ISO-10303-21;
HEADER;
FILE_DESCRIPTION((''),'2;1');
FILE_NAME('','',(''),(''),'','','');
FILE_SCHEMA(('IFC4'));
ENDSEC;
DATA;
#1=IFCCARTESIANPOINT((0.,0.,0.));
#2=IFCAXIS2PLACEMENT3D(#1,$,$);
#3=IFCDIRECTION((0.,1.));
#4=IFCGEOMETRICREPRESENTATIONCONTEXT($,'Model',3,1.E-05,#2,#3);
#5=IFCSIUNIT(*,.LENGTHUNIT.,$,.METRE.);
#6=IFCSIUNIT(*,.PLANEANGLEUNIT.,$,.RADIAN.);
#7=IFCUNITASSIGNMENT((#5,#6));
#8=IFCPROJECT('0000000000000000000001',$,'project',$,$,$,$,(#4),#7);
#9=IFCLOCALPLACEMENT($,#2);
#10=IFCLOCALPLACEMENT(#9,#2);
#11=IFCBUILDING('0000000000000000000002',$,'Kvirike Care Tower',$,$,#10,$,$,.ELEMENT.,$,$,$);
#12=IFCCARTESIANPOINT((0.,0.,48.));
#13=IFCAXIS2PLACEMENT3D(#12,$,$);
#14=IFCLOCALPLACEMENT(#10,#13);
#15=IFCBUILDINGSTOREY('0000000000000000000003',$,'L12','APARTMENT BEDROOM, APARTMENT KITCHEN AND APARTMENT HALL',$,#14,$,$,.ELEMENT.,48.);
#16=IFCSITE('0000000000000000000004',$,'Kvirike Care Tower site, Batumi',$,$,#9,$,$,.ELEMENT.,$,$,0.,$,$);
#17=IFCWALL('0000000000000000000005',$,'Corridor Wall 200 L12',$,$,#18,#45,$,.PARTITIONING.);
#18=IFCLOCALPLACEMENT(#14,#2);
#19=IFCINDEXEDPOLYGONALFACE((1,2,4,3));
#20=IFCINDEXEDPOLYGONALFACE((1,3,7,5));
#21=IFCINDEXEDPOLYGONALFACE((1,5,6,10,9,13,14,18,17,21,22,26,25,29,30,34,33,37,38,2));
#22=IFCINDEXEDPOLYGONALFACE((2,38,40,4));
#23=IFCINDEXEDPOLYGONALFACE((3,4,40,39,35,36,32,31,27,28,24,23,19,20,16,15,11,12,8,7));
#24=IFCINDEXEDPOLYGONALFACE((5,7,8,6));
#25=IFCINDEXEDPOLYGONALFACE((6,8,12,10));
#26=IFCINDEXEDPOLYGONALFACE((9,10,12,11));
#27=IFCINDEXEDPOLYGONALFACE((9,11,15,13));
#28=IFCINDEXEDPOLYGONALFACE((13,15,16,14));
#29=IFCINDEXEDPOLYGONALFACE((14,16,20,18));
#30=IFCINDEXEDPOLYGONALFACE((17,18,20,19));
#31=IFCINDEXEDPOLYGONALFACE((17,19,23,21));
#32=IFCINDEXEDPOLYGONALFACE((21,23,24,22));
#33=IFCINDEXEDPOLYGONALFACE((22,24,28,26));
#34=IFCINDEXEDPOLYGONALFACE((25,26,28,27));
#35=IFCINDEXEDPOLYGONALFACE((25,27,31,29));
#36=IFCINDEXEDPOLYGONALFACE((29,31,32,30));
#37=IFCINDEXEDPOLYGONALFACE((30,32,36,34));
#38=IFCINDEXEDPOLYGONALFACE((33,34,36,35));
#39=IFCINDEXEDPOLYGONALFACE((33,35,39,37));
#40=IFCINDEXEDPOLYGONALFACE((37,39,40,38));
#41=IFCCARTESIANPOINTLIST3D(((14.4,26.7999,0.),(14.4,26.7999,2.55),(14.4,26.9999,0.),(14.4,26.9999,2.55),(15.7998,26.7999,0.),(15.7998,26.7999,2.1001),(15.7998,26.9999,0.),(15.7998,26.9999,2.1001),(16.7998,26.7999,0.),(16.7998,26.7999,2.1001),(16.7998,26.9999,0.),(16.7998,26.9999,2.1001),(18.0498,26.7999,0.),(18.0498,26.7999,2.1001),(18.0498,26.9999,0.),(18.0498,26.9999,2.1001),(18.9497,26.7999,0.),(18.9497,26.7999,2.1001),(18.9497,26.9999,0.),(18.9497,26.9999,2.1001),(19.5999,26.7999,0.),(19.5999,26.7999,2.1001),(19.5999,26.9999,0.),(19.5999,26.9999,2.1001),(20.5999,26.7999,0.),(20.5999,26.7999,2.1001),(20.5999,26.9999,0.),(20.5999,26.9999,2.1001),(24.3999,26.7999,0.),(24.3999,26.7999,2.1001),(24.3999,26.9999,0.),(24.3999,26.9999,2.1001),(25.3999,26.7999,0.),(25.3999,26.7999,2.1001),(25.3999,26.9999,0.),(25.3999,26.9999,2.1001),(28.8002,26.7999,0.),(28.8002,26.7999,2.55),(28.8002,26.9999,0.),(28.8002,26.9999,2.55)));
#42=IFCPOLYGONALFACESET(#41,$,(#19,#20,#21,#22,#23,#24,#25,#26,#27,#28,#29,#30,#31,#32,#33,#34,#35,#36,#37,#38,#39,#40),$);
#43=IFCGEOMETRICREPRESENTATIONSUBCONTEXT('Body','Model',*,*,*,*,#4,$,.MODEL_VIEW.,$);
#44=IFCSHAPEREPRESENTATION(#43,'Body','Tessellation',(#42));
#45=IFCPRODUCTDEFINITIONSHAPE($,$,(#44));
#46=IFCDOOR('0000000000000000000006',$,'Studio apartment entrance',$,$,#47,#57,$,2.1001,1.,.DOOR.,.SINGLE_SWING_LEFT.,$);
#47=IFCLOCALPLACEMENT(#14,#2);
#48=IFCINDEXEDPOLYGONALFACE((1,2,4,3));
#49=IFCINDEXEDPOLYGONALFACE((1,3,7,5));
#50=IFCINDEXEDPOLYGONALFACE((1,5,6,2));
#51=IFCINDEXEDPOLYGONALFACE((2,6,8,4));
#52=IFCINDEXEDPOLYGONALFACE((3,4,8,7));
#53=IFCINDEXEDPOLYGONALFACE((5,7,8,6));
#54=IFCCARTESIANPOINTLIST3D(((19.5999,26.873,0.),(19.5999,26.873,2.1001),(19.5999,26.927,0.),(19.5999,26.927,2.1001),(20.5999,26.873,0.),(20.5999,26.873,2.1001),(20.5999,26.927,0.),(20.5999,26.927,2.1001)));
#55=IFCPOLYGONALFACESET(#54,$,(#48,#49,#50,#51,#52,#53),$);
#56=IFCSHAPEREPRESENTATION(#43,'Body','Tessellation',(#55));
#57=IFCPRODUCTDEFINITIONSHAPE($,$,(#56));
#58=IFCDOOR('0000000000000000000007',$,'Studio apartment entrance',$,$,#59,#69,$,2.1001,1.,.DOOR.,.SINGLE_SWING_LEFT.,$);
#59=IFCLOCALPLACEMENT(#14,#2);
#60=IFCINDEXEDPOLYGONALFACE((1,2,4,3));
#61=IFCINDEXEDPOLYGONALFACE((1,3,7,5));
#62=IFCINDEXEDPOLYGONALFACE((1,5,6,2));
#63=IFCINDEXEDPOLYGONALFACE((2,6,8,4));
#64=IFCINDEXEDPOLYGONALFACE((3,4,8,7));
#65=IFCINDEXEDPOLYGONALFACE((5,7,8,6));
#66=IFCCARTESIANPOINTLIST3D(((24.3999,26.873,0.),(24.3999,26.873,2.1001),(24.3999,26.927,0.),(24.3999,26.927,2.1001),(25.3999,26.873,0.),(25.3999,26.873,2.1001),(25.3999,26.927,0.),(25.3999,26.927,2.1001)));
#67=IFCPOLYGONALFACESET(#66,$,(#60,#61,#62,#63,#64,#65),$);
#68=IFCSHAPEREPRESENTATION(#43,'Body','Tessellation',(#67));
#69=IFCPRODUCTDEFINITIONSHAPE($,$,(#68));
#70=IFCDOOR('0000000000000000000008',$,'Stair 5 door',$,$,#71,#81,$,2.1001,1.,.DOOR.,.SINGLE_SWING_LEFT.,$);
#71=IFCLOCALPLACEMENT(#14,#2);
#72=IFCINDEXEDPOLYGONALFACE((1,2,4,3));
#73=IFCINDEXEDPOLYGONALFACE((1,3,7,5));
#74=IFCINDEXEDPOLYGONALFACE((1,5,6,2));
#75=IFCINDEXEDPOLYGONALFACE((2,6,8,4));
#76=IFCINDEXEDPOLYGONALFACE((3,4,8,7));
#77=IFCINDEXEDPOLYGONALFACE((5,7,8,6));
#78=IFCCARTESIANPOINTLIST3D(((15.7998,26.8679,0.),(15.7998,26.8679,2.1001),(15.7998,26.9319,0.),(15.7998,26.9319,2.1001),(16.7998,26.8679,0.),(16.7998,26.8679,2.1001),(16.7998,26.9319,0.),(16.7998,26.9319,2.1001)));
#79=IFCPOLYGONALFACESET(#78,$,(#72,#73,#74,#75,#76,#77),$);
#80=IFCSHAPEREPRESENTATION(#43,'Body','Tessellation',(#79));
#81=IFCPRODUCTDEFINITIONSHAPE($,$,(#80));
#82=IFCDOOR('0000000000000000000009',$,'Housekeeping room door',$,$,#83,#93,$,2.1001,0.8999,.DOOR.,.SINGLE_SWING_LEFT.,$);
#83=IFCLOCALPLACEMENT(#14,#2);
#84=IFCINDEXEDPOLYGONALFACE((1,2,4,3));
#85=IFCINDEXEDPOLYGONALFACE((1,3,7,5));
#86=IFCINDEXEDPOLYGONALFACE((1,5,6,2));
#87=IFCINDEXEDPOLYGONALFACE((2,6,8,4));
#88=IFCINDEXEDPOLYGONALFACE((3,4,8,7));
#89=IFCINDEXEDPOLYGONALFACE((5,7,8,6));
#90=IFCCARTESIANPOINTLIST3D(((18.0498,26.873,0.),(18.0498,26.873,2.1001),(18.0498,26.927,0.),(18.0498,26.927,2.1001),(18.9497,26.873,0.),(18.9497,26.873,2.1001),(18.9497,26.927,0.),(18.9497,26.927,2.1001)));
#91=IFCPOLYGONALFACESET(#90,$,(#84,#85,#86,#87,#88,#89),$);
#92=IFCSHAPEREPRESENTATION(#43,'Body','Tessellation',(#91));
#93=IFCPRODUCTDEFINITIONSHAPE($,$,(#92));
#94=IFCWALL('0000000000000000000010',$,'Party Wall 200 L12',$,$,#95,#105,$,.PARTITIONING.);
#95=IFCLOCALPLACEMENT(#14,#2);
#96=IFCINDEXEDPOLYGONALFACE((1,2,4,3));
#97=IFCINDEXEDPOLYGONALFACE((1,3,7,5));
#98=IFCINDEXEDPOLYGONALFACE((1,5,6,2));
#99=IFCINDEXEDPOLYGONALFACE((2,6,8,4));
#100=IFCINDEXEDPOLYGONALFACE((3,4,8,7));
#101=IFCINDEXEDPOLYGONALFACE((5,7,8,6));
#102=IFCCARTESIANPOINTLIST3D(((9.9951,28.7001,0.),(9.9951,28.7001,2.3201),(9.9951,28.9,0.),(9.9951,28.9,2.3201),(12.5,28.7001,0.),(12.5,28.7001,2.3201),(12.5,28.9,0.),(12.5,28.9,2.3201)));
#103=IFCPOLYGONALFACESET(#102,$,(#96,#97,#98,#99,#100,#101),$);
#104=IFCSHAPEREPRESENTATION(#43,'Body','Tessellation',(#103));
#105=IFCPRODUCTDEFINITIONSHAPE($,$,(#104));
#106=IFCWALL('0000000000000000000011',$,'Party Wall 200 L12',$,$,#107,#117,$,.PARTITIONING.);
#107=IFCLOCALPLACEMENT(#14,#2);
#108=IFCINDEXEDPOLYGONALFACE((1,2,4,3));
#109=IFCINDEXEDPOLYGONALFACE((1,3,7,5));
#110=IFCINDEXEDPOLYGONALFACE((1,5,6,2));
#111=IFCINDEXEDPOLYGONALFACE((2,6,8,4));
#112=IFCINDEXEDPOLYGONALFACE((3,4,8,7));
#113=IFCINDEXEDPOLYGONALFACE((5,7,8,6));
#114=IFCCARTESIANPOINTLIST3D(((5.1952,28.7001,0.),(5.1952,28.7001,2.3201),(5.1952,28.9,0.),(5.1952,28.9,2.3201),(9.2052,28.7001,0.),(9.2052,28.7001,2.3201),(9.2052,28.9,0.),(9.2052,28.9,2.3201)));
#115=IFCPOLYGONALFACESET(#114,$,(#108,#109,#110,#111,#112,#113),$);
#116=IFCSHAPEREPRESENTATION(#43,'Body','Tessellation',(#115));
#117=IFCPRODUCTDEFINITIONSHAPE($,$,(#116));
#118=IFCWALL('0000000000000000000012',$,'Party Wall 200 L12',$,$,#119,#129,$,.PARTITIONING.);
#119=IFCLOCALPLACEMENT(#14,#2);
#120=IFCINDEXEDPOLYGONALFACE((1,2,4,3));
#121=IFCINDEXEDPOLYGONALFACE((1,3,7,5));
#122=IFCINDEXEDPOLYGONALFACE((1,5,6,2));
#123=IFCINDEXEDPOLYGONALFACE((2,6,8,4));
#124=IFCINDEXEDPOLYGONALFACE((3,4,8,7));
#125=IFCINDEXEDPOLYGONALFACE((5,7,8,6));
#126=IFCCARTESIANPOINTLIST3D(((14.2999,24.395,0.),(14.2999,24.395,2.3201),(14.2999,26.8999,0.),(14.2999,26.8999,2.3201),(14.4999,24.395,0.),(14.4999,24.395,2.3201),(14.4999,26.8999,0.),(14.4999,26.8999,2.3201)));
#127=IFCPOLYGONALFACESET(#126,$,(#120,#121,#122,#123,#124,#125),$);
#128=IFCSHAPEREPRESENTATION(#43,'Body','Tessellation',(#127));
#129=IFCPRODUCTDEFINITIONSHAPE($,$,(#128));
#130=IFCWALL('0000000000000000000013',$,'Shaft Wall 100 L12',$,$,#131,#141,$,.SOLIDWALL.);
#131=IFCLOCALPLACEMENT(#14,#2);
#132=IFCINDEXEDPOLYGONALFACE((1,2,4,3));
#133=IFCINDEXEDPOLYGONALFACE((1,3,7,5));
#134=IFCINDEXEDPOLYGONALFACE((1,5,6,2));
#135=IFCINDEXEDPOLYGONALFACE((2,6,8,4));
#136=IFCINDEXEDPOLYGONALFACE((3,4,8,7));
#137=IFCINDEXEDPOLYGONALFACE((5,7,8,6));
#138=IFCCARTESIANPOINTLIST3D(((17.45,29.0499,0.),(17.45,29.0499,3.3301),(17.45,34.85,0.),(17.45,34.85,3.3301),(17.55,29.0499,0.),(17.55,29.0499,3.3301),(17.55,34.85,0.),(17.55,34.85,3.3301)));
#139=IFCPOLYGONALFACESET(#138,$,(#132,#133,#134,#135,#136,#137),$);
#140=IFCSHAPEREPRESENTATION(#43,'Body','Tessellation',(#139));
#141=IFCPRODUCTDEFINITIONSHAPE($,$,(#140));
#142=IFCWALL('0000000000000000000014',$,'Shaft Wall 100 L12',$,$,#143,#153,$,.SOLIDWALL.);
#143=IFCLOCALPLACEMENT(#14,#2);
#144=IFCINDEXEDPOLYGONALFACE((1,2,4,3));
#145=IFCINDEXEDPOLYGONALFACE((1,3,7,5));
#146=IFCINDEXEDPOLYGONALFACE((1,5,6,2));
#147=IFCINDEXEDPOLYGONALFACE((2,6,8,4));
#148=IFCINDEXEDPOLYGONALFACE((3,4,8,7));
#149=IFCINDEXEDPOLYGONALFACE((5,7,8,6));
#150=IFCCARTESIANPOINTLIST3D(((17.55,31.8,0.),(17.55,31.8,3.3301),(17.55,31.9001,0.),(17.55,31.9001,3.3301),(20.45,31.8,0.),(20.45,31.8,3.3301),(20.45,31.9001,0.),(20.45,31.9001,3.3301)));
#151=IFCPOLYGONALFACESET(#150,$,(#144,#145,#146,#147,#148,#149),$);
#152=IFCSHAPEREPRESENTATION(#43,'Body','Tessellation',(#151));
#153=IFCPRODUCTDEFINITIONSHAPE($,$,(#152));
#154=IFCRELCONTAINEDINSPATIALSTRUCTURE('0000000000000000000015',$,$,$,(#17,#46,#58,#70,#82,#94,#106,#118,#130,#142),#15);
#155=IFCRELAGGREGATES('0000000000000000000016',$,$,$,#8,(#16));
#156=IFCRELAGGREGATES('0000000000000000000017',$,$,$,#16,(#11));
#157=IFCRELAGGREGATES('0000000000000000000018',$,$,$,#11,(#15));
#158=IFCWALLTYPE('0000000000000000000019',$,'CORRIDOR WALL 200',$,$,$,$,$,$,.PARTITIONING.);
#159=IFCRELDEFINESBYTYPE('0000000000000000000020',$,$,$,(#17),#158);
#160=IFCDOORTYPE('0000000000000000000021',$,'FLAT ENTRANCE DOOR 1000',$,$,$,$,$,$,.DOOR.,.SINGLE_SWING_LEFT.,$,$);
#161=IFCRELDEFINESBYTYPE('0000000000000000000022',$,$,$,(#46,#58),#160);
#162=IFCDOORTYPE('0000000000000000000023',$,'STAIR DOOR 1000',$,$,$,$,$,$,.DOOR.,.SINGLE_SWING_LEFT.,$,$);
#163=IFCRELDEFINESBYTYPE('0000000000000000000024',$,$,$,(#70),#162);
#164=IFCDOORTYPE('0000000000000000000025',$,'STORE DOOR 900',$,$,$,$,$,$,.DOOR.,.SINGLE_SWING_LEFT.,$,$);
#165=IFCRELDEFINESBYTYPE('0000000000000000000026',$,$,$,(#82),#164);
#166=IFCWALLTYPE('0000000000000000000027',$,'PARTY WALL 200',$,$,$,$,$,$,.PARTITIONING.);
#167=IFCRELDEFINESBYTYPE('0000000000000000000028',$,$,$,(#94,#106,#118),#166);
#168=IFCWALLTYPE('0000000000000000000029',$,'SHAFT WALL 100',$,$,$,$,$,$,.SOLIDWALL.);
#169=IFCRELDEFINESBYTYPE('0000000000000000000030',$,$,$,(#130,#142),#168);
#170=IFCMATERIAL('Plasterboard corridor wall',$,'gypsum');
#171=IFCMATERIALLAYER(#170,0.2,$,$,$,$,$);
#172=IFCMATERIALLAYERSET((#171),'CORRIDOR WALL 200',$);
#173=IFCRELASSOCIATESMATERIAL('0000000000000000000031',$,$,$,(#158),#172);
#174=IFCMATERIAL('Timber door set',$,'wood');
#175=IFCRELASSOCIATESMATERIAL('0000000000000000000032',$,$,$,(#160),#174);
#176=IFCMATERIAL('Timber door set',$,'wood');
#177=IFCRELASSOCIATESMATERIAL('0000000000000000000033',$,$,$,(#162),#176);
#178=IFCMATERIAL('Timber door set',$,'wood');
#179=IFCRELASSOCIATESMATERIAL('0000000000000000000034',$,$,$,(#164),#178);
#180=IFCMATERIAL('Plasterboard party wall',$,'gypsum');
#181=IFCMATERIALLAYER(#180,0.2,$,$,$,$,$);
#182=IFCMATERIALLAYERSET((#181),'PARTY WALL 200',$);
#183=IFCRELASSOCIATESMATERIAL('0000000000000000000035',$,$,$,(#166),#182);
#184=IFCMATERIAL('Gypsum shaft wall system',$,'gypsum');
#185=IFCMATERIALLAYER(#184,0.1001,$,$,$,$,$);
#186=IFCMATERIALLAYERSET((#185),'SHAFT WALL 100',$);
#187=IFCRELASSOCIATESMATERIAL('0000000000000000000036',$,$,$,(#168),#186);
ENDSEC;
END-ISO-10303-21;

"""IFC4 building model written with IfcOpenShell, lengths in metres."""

from ifc_helpers import new_model, si_unit, direction, frame, frame_2d, origin, place, context, subcontext, project, spatial, rectangle, extrude, material, layer, layer_set, type_object, element, fill, save


model = new_model("IFC4")

# Units and contexts
model_context = context("Model", 3, precision=1e-05, world=origin(), true_north=direction((0.0, 1.0)))
body_context = subcontext(model_context, "Body", "Model", "MODEL_VIEW")
ifc_project = project(units=[si_unit("LENGTHUNIT", "METRE"), si_unit("PLANEANGLEUNIT", "RADIAN")], contexts=[model_context])

# Site, building, storey
site_placement = place(None, origin())
site = spatial("IfcSite", under=ifc_project, at=site_placement, Name="Kvirike Care Tower site, Batumi", CompositionType="ELEMENT", RefElevation=0.0)
building_placement = place(site_placement, origin())
building = spatial("IfcBuilding", under=site, at=building_placement, Name="Kvirike Care Tower", CompositionType="ELEMENT")
storey_placement = place(building_placement, frame((0.0, 0.0, 48.0)))
storey = spatial("IfcBuildingStorey", under=building, at=storey_placement, Name="L12", Description="APARTMENT BEDROOM, APARTMENT KITCHEN AND APARTMENT HALL", CompositionType="ELEMENT", Elevation=48.0)

# Wall, openings, doors
ifc_material_1 = material(Name="Plasterboard corridor wall", Category="gypsum")
ifc_layer_1 = layer(ifc_material_1, 0.2)
ifc_layer_set_1 = layer_set([ifc_layer_1], Name="CORRIDOR WALL 200")
wall_type_1 = type_object("IfcWallType", Name="CORRIDOR WALL 200", PredefinedType="PARTITIONING", material=ifc_layer_set_1)
wall_1_placement = place(storey_placement, frame((14.3999, 26.8999, 0.0), z_axis=(0.0, 0.0, 1.0), x_axis=(1.0, 0.0, 0.0)))
wall_1 = element("IfcWall", 1, at=wall_1_placement, inside=storey, type_object=wall_type_1, Name="Corridor Wall 200 L12", PredefinedType="PARTITIONING", context=body_context, shape_type="SweptSolid", body=[
    extrude(rectangle(XDim=14.4001, YDim=0.2, at=frame_2d((7.2002, 0.0))), origin(), (0.0, 0.0, 1.0), 2.55),
])
opening_1_placement = place(wall_1_placement, frame((1.3999, 0.0, 0.0)))
opening_1 = element("IfcOpeningElement", 2, at=opening_1_placement, cuts=wall_1, PredefinedType="OPENING", context=body_context, shape_type="SweptSolid", body=[
    extrude(rectangle(XDim=1.0, YDim=2.1001, at=frame_2d((0.5, 1.05))), frame((0.0, 0.1106, 0.0), z_axis=(0.0, -1.0, 0.0), x_axis=(1.0, 0.0, 0.0)), (0.0, 0.0, 1.0), 0.2209),
])
opening_2_placement = place(wall_1_placement, frame((3.6499, 0.0, 0.0)))
opening_2 = element("IfcOpeningElement", 3, at=opening_2_placement, cuts=wall_1, PredefinedType="OPENING", context=body_context, shape_type="SweptSolid", body=[
    extrude(rectangle(XDim=0.8999, YDim=2.1001, at=frame_2d((0.45, 1.05))), frame((0.0, 0.1106, 0.0), z_axis=(0.0, -1.0, 0.0), x_axis=(1.0, 0.0, 0.0)), (0.0, 0.0, 1.0), 0.2209),
])
opening_3_placement = place(wall_1_placement, frame((5.2, 0.0, 0.0)))
opening_3 = element("IfcOpeningElement", 4, at=opening_3_placement, cuts=wall_1, PredefinedType="OPENING", context=body_context, shape_type="SweptSolid", body=[
    extrude(rectangle(XDim=1.0, YDim=2.1001, at=frame_2d((0.5, 1.05))), frame((0.0, 0.1106, 0.0), z_axis=(0.0, -1.0, 0.0), x_axis=(1.0, 0.0, 0.0)), (0.0, 0.0, 1.0), 0.2209),
])
opening_4_placement = place(wall_1_placement, frame((10.0, 0.0, 0.0)))
opening_4 = element("IfcOpeningElement", 5, at=opening_4_placement, cuts=wall_1, PredefinedType="OPENING", context=body_context, shape_type="SweptSolid", body=[
    extrude(rectangle(XDim=1.0, YDim=2.1001, at=frame_2d((0.5, 1.05))), frame((0.0, 0.1106, 0.0), z_axis=(0.0, -1.0, 0.0), x_axis=(1.0, 0.0, 0.0)), (0.0, 0.0, 1.0), 0.2209),
])
ifc_material_2 = material(Name="Timber door set", Category="wood")
door_type_1 = type_object("IfcDoorType", Name="FLAT ENTRANCE DOOR 1000", OperationType="SINGLE_SWING_LEFT", PredefinedType="DOOR", material=ifc_material_2)
door_1_placement = place(opening_3_placement, frame((1.0, 0.0, 0.0), z_axis=(0.0, 0.0, 1.0), x_axis=(-1.0, 0.0, 0.0)))
door_1 = element("IfcDoor", 6, at=door_1_placement, inside=storey, type_object=door_type_1, Name="Studio apartment entrance", OperationType="SINGLE_SWING_LEFT", OverallHeight=2.1001, OverallWidth=1.0, PredefinedType="DOOR", context=body_context, shape_type="SweptSolid", body=[
    extrude(rectangle(XDim=1.0, YDim=2.1001, at=frame_2d((0.5, 1.05))), frame((0.0, 0.0269, 0.0), z_axis=(0.0, -1.0, 0.0), x_axis=(1.0, 0.0, 0.0)), (0.0, 0.0, 1.0), 0.054),
])
fill(opening_3, door_1)
door_2_placement = place(opening_4_placement, frame((1.0, 0.0, 0.0), z_axis=(0.0, 0.0, 1.0), x_axis=(-1.0, 0.0, 0.0)))
door_2 = element("IfcDoor", 7, at=door_2_placement, inside=storey, type_object=door_type_1, Name="Studio apartment entrance", OperationType="SINGLE_SWING_LEFT", OverallHeight=2.1001, OverallWidth=1.0, PredefinedType="DOOR", context=body_context, shape_type="SweptSolid", body=[
    extrude(rectangle(XDim=1.0, YDim=2.1001, at=frame_2d((0.5, 1.05))), frame((0.0, 0.0269, 0.0), z_axis=(0.0, -1.0, 0.0), x_axis=(1.0, 0.0, 0.0)), (0.0, 0.0, 1.0), 0.054),
])
fill(opening_4, door_2)
ifc_material_3 = material(Name="Timber door set", Category="wood")
door_type_2 = type_object("IfcDoorType", Name="STAIR DOOR 1000", OperationType="SINGLE_SWING_LEFT", PredefinedType="DOOR", material=ifc_material_3)
door_3_placement = place(opening_1_placement, frame((1.0, 0.0, 0.0), z_axis=(0.0, 0.0, 1.0), x_axis=(-1.0, 0.0, 0.0)))
door_3 = element("IfcDoor", 8, at=door_3_placement, inside=storey, type_object=door_type_2, Name="Stair 5 door", OperationType="SINGLE_SWING_LEFT", OverallHeight=2.1001, OverallWidth=1.0, PredefinedType="DOOR", context=body_context, shape_type="SweptSolid", body=[
    extrude(rectangle(XDim=1.0, YDim=2.1001, at=frame_2d((0.5, 1.05))), frame((0.0, 0.032, 0.0), z_axis=(0.0, -1.0, 0.0), x_axis=(1.0, 0.0, 0.0)), (0.0, 0.0, 1.0), 0.064),
])
fill(opening_1, door_3)
ifc_material_4 = material(Name="Timber door set", Category="wood")
door_type_3 = type_object("IfcDoorType", Name="STORE DOOR 900", OperationType="SINGLE_SWING_LEFT", PredefinedType="DOOR", material=ifc_material_4)
door_4_placement = place(opening_2_placement, frame((0.8999, 0.0, 0.0), z_axis=(0.0, 0.0, 1.0), x_axis=(-1.0, 0.0, 0.0)))
door_4 = element("IfcDoor", 9, at=door_4_placement, inside=storey, type_object=door_type_3, Name="Housekeeping room door", OperationType="SINGLE_SWING_LEFT", OverallHeight=2.1001, OverallWidth=0.8999, PredefinedType="DOOR", context=body_context, shape_type="SweptSolid", body=[
    extrude(rectangle(XDim=0.8999, YDim=2.1001, at=frame_2d((0.45, 1.05))), frame((0.0, 0.0269, 0.0), z_axis=(0.0, -1.0, 0.0), x_axis=(1.0, 0.0, 0.0)), (0.0, 0.0, 1.0), 0.054),
])
fill(opening_2, door_4)

# Walls
ifc_material_5 = material(Name="Plasterboard party wall", Category="gypsum")
ifc_layer_2 = layer(ifc_material_5, 0.2)
ifc_layer_set_2 = layer_set([ifc_layer_2], Name="PARTY WALL 200")
wall_type_2 = type_object("IfcWallType", Name="PARTY WALL 200", PredefinedType="PARTITIONING", material=ifc_layer_set_2)
wall_2_placement = place(storey_placement, frame((12.5, 28.8, 0.0), z_axis=(0.0, 0.0, 1.0), x_axis=(-1.0, 0.0, 0.0)))
element("IfcWall", 10, at=wall_2_placement, inside=storey, type_object=wall_type_2, Name="Party Wall 200 L12", PredefinedType="PARTITIONING", context=body_context, shape_type="SweptSolid", body=[
    extrude(rectangle(XDim=2.5049, YDim=0.2, at=frame_2d((1.2524, 0.0))), origin(), (0.0, 0.0, 1.0), 2.3201),
])
wall_3_placement = place(storey_placement, frame((9.2051, 28.8, 0.0), z_axis=(0.0, 0.0, 1.0), x_axis=(-1.0, 0.0, 0.0)))
element("IfcWall", 11, at=wall_3_placement, inside=storey, type_object=wall_type_2, Name="Party Wall 200 L12", PredefinedType="PARTITIONING", context=body_context, shape_type="SweptSolid", body=[
    extrude(rectangle(XDim=4.01, YDim=0.2, at=frame_2d((2.0049, 0.0))), origin(), (0.0, 0.0, 1.0), 2.3201),
])
wall_4_placement = place(storey_placement, frame((14.3999, 24.395, 0.0), z_axis=(0.0, 0.0, 1.0), x_axis=(0.0, 1.0, 0.0)))
element("IfcWall", 12, at=wall_4_placement, inside=storey, type_object=wall_type_2, Name="Party Wall 200 L12", PredefinedType="PARTITIONING", context=body_context, shape_type="SweptSolid", body=[
    extrude(rectangle(XDim=2.5049, YDim=0.2, at=frame_2d((1.2524, 0.0))), origin(), (0.0, 0.0, 1.0), 2.3201),
])
ifc_material_6 = material(Name="Gypsum shaft wall system", Category="gypsum")
ifc_layer_3 = layer(ifc_material_6, 0.1001)
ifc_layer_set_3 = layer_set([ifc_layer_3], Name="SHAFT WALL 100")
wall_type_3 = type_object("IfcWallType", Name="SHAFT WALL 100", PredefinedType="SOLIDWALL", material=ifc_layer_set_3)
wall_5_placement = place(storey_placement, frame((17.5, 29.05, 0.0), z_axis=(0.0, 0.0, 1.0), x_axis=(0.0, 1.0, 0.0)))
element("IfcWall", 13, at=wall_5_placement, inside=storey, type_object=wall_type_3, Name="Shaft Wall 100 L12", PredefinedType="SOLIDWALL", context=body_context, shape_type="SweptSolid", body=[
    extrude(rectangle(XDim=5.8, YDim=0.1001, at=frame_2d((2.8999, 0.0))), origin(), (0.0, 0.0, 1.0), 3.3301),
])
wall_6_placement = place(storey_placement, frame((17.55, 31.8501, 0.0), z_axis=(0.0, 0.0, 1.0), x_axis=(1.0, 0.0, 0.0)))
element("IfcWall", 14, at=wall_6_placement, inside=storey, type_object=wall_type_3, Name="Shaft Wall 100 L12", PredefinedType="SOLIDWALL", context=body_context, shape_type="SweptSolid", body=[
    extrude(rectangle(XDim=2.8999, YDim=0.1001, at=frame_2d((1.45, 0.0))), origin(), (0.0, 0.0, 1.0), 3.3301),
])

save(model, "model.ifc")
